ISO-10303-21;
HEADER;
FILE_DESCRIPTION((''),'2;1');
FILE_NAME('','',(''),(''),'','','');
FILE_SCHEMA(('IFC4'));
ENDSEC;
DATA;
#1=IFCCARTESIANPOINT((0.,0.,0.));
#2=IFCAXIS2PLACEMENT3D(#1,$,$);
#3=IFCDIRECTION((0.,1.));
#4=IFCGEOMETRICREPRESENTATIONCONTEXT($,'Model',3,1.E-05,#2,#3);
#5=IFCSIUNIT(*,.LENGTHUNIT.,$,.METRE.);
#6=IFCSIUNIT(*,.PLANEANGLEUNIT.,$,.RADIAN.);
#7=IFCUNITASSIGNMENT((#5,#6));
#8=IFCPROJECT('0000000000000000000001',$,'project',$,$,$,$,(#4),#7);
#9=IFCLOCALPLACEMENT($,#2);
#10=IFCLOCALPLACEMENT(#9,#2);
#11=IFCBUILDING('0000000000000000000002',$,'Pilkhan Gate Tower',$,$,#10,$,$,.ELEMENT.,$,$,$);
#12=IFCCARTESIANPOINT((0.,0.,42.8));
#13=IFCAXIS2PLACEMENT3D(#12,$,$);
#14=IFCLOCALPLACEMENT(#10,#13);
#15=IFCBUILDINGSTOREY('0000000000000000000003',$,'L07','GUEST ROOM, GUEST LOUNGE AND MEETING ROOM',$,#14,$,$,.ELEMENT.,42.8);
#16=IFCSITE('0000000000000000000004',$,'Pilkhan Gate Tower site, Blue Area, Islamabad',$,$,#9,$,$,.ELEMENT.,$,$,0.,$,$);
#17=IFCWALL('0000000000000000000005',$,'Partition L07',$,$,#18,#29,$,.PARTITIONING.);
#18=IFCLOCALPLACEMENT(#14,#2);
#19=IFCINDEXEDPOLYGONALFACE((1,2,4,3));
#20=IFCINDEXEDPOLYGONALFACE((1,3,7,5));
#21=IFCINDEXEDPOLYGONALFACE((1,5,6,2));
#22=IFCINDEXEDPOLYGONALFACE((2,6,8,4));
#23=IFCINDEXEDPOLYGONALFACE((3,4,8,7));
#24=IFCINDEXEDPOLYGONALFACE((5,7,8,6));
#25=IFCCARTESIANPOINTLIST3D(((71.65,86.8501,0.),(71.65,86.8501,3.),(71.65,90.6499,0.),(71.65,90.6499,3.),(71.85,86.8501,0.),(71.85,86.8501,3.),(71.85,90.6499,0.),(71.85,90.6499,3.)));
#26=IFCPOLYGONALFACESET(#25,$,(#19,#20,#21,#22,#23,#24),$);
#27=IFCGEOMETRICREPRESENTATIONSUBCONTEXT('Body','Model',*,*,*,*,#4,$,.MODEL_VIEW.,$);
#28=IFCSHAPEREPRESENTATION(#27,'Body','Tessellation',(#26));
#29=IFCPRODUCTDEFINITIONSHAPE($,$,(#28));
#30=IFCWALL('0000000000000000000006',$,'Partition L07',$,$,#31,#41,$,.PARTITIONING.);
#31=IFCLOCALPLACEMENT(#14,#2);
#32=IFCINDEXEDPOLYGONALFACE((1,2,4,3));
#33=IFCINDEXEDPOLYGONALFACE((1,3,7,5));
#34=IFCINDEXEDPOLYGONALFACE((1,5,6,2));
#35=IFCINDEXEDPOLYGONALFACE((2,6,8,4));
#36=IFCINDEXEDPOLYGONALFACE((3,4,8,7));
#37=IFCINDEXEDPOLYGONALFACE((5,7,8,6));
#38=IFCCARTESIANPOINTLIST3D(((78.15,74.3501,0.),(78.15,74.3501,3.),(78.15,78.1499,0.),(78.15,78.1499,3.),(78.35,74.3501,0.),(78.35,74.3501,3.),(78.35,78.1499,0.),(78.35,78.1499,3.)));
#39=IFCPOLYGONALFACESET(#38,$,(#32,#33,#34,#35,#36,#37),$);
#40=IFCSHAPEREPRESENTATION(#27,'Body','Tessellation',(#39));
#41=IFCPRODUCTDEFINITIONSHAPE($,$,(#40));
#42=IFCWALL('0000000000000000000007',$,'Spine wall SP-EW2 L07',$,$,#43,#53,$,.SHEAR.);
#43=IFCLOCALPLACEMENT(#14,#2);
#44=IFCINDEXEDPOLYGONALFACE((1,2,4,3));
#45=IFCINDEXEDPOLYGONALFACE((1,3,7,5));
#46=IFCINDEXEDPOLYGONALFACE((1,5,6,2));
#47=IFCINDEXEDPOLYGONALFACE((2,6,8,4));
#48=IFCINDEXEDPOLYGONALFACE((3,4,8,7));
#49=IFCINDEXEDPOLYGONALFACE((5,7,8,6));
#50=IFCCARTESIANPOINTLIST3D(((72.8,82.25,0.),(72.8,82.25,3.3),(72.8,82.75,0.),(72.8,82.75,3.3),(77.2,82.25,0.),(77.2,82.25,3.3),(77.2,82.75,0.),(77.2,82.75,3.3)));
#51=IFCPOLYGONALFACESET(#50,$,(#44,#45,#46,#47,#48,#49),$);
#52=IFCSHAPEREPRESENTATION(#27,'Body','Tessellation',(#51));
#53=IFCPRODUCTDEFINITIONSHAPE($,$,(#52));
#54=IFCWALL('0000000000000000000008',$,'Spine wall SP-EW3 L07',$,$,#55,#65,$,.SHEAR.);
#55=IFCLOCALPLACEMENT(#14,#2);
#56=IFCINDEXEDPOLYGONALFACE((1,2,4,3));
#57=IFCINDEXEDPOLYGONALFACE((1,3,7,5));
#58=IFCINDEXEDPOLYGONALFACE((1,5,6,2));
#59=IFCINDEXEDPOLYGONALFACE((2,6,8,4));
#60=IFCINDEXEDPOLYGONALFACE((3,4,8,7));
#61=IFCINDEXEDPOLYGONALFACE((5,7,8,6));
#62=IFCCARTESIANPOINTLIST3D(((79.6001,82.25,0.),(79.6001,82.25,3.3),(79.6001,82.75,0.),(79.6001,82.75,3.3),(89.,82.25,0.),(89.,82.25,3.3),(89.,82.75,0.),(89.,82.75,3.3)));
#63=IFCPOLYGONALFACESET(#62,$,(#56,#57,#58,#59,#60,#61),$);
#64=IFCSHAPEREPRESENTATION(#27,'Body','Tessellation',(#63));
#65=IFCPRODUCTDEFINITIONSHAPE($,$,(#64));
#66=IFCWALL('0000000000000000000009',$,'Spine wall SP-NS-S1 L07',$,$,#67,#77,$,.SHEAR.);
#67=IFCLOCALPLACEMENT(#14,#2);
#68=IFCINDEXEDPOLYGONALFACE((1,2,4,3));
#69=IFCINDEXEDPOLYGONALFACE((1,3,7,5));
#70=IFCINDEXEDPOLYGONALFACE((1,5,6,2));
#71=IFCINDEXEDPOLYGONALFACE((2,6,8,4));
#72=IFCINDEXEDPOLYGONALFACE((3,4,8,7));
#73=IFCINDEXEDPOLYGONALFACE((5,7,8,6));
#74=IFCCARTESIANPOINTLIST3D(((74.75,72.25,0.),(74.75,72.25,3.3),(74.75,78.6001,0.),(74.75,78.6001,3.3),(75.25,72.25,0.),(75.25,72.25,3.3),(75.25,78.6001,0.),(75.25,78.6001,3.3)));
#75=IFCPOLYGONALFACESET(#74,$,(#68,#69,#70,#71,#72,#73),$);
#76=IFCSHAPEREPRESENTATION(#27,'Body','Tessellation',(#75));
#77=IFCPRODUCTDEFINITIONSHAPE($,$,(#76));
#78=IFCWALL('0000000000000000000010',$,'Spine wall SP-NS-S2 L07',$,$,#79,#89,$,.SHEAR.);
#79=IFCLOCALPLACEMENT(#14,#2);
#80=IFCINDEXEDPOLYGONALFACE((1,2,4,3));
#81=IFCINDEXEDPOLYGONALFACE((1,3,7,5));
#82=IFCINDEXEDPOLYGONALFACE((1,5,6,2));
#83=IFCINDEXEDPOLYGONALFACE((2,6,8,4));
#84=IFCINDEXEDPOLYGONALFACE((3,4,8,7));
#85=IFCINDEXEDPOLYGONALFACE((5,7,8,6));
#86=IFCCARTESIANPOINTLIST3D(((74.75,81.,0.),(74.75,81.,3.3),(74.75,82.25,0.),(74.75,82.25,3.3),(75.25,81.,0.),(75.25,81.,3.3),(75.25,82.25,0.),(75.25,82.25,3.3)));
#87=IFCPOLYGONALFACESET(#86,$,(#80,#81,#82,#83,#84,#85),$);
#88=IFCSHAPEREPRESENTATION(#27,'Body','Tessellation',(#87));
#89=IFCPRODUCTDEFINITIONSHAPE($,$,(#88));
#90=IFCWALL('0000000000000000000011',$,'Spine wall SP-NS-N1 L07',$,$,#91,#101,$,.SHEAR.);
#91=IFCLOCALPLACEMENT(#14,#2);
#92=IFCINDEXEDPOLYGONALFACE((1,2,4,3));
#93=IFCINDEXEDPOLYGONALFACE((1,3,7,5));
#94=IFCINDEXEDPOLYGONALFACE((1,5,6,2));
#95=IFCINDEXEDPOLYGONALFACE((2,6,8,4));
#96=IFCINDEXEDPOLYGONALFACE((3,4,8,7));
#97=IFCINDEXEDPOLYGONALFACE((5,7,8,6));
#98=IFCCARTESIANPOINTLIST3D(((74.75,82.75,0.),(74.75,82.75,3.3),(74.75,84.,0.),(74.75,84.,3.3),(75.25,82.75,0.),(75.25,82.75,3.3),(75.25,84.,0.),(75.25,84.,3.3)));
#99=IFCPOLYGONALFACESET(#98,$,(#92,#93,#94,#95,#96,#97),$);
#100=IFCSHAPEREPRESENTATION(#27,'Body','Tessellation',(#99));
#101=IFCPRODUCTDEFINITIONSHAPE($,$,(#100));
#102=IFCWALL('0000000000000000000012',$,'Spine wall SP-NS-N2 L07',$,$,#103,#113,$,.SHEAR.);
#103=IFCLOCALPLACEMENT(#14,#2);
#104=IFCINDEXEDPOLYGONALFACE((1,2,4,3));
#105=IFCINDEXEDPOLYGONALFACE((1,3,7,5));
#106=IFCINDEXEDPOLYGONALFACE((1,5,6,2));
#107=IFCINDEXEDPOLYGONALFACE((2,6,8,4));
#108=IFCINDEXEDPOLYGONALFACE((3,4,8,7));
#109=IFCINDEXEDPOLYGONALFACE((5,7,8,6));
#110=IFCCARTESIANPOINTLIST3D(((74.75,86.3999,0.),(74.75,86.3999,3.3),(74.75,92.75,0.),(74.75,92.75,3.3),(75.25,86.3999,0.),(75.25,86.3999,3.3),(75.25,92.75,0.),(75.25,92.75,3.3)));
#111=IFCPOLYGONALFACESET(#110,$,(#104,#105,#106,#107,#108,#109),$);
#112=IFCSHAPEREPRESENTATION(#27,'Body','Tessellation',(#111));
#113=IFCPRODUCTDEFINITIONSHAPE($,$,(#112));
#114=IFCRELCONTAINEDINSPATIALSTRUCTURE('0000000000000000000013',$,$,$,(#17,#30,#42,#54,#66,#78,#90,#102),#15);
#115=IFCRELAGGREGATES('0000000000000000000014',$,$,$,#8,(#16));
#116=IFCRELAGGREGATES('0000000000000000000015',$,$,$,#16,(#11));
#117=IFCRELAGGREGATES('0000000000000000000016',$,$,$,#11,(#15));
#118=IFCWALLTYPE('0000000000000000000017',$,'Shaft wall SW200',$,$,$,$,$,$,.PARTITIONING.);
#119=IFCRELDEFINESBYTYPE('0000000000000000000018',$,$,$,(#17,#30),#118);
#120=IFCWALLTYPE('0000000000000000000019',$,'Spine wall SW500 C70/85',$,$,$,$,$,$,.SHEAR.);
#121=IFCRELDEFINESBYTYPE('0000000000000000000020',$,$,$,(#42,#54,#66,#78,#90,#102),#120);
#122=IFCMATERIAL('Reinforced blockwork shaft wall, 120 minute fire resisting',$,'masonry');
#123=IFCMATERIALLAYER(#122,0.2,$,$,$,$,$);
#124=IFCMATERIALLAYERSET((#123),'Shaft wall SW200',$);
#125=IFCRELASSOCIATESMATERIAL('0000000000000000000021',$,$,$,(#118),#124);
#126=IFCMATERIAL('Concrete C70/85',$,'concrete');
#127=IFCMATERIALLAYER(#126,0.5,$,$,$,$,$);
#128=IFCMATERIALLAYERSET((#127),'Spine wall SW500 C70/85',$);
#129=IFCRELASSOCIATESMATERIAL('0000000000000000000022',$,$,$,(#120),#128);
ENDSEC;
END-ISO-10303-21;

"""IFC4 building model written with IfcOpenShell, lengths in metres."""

from ifc_helpers import new_model, si_unit, direction, frame, frame_2d, origin, place, context, subcontext, project, spatial, rectangle, extrude, material, layer, layer_set, type_object, element, save


model = new_model("IFC4")

# Units and contexts
model_context = context("Model", 3, precision=1e-05, world=origin(), true_north=direction((0.0, 1.0)))
body_context = subcontext(model_context, "Body", "Model", "MODEL_VIEW")
ifc_project = project(units=[si_unit("LENGTHUNIT", "METRE"), si_unit("PLANEANGLEUNIT", "RADIAN")], contexts=[model_context])

# Site, building, storey
site_placement = place(None, origin())
site = spatial("IfcSite", under=ifc_project, at=site_placement, Name="Pilkhan Gate Tower site, Blue Area, Islamabad", CompositionType="ELEMENT", RefElevation=0.0)
building_placement = place(site_placement, origin())
building = spatial("IfcBuilding", under=site, at=building_placement, Name="Pilkhan Gate Tower", CompositionType="ELEMENT")
storey_placement = place(building_placement, frame((0.0, 0.0, 42.8)))
storey = spatial("IfcBuildingStorey", under=building, at=storey_placement, Name="L07", Description="GUEST ROOM, GUEST LOUNGE AND MEETING ROOM", CompositionType="ELEMENT", Elevation=42.8)

# Shared definitions
ifc_material_1 = material(Name="Concrete C70/85", Category="concrete")

# Shared definitions
ifc_material_2 = material(Name="Reinforced blockwork shaft wall, 120 minute fire resisting", Category="masonry")
ifc_layer_1 = layer(ifc_material_2, 0.2)
ifc_layer_set_1 = layer_set([ifc_layer_1], Name="Shaft wall SW200")
wall_type_1 = type_object("IfcWallType", Name="Shaft wall SW200", PredefinedType="PARTITIONING", material=ifc_layer_set_1)

# Walls
for number, where, z_axis, x_axis, name in (
    (1, (71.75, 86.8501, 0.0), (0.0, 0.0, 1.0), (0.0, 1.0, 0.0), "Partition L07"),
    (2, (78.25, 74.3501, 0.0), (0.0, 0.0, 1.0), (0.0, 1.0, 0.0), "Partition L07"),
):
    element("IfcWall", number, at=place(storey_placement, frame(where, z_axis=z_axis, x_axis=x_axis)), inside=storey, type_object=wall_type_1, Name=name, PredefinedType="PARTITIONING", context=body_context, shape_type="SweptSolid", body=[
        extrude(rectangle(XDim=3.7998, YDim=0.2, at=frame_2d((1.8999, 0.0))), origin(), (0.0, 0.0, 1.0), 3.0),
    ])
ifc_layer_2 = layer(ifc_material_1, 0.5)
ifc_layer_set_2 = layer_set([ifc_layer_2], Name="Spine wall SW500 C70/85")
wall_type_2 = type_object("IfcWallType", Name="Spine wall SW500 C70/85", PredefinedType="SHEAR", material=ifc_layer_set_2)
wall_1_placement = place(storey_placement, frame((72.8, 82.5, 0.0), z_axis=(0.0, 0.0, 1.0), x_axis=(1.0, 0.0, 0.0)))
element("IfcWall", 3, at=wall_1_placement, inside=storey, type_object=wall_type_2, Name="Spine wall SP-EW2 L07", PredefinedType="SHEAR", context=body_context, shape_type="SweptSolid", body=[
    extrude(rectangle(XDim=4.3999, YDim=0.5, at=frame_2d((2.2, 0.0))), origin(), (0.0, 0.0, 1.0), 3.3),
])
wall_2_placement = place(storey_placement, frame((79.6001, 82.5, 0.0), z_axis=(0.0, 0.0, 1.0), x_axis=(1.0, 0.0, 0.0)))
element("IfcWall", 4, at=wall_2_placement, inside=storey, type_object=wall_type_2, Name="Spine wall SP-EW3 L07", PredefinedType="SHEAR", context=body_context, shape_type="SweptSolid", body=[
    extrude(rectangle(XDim=9.3999, YDim=0.5, at=frame_2d((4.7, 0.0))), origin(), (0.0, 0.0, 1.0), 3.3),
])
wall_3_placement = place(storey_placement, frame((75.0, 72.25, 0.0), z_axis=(0.0, 0.0, 1.0), x_axis=(0.0, 1.0, 0.0)))
element("IfcWall", 5, at=wall_3_placement, inside=storey, type_object=wall_type_2, Name="Spine wall SP-NS-S1 L07", PredefinedType="SHEAR", context=body_context, shape_type="SweptSolid", body=[
    extrude(rectangle(XDim=6.3501, YDim=0.5, at=frame_2d((3.175, 0.0))), origin(), (0.0, 0.0, 1.0), 3.3),
])
for number, where, z_axis, x_axis, name in (
    (6, (75.0, 81.0, 0.0), (0.0, 0.0, 1.0), (0.0, 1.0, 0.0), "Spine wall SP-NS-S2 L07"),
    (7, (75.0, 82.75, 0.0), (0.0, 0.0, 1.0), (0.0, 1.0, 0.0), "Spine wall SP-NS-N1 L07"),
):
    element("IfcWall", number, at=place(storey_placement, frame(where, z_axis=z_axis, x_axis=x_axis)), inside=storey, type_object=wall_type_2, Name=name, PredefinedType="SHEAR", context=body_context, shape_type="SweptSolid", body=[
        extrude(rectangle(XDim=1.25, YDim=0.5, at=frame_2d((0.625, 0.0))), origin(), (0.0, 0.0, 1.0), 3.3),
    ])
wall_4_placement = place(storey_placement, frame((75.0, 86.3999, 0.0), z_axis=(0.0, 0.0, 1.0), x_axis=(0.0, 1.0, 0.0)))
element("IfcWall", 8, at=wall_4_placement, inside=storey, type_object=wall_type_2, Name="Spine wall SP-NS-N2 L07", PredefinedType="SHEAR", context=body_context, shape_type="SweptSolid", body=[
    extrude(rectangle(XDim=6.3501, YDim=0.5, at=frame_2d((3.175, 0.0))), origin(), (0.0, 0.0, 1.0), 3.3),
])

save(model, "model.ifc")
